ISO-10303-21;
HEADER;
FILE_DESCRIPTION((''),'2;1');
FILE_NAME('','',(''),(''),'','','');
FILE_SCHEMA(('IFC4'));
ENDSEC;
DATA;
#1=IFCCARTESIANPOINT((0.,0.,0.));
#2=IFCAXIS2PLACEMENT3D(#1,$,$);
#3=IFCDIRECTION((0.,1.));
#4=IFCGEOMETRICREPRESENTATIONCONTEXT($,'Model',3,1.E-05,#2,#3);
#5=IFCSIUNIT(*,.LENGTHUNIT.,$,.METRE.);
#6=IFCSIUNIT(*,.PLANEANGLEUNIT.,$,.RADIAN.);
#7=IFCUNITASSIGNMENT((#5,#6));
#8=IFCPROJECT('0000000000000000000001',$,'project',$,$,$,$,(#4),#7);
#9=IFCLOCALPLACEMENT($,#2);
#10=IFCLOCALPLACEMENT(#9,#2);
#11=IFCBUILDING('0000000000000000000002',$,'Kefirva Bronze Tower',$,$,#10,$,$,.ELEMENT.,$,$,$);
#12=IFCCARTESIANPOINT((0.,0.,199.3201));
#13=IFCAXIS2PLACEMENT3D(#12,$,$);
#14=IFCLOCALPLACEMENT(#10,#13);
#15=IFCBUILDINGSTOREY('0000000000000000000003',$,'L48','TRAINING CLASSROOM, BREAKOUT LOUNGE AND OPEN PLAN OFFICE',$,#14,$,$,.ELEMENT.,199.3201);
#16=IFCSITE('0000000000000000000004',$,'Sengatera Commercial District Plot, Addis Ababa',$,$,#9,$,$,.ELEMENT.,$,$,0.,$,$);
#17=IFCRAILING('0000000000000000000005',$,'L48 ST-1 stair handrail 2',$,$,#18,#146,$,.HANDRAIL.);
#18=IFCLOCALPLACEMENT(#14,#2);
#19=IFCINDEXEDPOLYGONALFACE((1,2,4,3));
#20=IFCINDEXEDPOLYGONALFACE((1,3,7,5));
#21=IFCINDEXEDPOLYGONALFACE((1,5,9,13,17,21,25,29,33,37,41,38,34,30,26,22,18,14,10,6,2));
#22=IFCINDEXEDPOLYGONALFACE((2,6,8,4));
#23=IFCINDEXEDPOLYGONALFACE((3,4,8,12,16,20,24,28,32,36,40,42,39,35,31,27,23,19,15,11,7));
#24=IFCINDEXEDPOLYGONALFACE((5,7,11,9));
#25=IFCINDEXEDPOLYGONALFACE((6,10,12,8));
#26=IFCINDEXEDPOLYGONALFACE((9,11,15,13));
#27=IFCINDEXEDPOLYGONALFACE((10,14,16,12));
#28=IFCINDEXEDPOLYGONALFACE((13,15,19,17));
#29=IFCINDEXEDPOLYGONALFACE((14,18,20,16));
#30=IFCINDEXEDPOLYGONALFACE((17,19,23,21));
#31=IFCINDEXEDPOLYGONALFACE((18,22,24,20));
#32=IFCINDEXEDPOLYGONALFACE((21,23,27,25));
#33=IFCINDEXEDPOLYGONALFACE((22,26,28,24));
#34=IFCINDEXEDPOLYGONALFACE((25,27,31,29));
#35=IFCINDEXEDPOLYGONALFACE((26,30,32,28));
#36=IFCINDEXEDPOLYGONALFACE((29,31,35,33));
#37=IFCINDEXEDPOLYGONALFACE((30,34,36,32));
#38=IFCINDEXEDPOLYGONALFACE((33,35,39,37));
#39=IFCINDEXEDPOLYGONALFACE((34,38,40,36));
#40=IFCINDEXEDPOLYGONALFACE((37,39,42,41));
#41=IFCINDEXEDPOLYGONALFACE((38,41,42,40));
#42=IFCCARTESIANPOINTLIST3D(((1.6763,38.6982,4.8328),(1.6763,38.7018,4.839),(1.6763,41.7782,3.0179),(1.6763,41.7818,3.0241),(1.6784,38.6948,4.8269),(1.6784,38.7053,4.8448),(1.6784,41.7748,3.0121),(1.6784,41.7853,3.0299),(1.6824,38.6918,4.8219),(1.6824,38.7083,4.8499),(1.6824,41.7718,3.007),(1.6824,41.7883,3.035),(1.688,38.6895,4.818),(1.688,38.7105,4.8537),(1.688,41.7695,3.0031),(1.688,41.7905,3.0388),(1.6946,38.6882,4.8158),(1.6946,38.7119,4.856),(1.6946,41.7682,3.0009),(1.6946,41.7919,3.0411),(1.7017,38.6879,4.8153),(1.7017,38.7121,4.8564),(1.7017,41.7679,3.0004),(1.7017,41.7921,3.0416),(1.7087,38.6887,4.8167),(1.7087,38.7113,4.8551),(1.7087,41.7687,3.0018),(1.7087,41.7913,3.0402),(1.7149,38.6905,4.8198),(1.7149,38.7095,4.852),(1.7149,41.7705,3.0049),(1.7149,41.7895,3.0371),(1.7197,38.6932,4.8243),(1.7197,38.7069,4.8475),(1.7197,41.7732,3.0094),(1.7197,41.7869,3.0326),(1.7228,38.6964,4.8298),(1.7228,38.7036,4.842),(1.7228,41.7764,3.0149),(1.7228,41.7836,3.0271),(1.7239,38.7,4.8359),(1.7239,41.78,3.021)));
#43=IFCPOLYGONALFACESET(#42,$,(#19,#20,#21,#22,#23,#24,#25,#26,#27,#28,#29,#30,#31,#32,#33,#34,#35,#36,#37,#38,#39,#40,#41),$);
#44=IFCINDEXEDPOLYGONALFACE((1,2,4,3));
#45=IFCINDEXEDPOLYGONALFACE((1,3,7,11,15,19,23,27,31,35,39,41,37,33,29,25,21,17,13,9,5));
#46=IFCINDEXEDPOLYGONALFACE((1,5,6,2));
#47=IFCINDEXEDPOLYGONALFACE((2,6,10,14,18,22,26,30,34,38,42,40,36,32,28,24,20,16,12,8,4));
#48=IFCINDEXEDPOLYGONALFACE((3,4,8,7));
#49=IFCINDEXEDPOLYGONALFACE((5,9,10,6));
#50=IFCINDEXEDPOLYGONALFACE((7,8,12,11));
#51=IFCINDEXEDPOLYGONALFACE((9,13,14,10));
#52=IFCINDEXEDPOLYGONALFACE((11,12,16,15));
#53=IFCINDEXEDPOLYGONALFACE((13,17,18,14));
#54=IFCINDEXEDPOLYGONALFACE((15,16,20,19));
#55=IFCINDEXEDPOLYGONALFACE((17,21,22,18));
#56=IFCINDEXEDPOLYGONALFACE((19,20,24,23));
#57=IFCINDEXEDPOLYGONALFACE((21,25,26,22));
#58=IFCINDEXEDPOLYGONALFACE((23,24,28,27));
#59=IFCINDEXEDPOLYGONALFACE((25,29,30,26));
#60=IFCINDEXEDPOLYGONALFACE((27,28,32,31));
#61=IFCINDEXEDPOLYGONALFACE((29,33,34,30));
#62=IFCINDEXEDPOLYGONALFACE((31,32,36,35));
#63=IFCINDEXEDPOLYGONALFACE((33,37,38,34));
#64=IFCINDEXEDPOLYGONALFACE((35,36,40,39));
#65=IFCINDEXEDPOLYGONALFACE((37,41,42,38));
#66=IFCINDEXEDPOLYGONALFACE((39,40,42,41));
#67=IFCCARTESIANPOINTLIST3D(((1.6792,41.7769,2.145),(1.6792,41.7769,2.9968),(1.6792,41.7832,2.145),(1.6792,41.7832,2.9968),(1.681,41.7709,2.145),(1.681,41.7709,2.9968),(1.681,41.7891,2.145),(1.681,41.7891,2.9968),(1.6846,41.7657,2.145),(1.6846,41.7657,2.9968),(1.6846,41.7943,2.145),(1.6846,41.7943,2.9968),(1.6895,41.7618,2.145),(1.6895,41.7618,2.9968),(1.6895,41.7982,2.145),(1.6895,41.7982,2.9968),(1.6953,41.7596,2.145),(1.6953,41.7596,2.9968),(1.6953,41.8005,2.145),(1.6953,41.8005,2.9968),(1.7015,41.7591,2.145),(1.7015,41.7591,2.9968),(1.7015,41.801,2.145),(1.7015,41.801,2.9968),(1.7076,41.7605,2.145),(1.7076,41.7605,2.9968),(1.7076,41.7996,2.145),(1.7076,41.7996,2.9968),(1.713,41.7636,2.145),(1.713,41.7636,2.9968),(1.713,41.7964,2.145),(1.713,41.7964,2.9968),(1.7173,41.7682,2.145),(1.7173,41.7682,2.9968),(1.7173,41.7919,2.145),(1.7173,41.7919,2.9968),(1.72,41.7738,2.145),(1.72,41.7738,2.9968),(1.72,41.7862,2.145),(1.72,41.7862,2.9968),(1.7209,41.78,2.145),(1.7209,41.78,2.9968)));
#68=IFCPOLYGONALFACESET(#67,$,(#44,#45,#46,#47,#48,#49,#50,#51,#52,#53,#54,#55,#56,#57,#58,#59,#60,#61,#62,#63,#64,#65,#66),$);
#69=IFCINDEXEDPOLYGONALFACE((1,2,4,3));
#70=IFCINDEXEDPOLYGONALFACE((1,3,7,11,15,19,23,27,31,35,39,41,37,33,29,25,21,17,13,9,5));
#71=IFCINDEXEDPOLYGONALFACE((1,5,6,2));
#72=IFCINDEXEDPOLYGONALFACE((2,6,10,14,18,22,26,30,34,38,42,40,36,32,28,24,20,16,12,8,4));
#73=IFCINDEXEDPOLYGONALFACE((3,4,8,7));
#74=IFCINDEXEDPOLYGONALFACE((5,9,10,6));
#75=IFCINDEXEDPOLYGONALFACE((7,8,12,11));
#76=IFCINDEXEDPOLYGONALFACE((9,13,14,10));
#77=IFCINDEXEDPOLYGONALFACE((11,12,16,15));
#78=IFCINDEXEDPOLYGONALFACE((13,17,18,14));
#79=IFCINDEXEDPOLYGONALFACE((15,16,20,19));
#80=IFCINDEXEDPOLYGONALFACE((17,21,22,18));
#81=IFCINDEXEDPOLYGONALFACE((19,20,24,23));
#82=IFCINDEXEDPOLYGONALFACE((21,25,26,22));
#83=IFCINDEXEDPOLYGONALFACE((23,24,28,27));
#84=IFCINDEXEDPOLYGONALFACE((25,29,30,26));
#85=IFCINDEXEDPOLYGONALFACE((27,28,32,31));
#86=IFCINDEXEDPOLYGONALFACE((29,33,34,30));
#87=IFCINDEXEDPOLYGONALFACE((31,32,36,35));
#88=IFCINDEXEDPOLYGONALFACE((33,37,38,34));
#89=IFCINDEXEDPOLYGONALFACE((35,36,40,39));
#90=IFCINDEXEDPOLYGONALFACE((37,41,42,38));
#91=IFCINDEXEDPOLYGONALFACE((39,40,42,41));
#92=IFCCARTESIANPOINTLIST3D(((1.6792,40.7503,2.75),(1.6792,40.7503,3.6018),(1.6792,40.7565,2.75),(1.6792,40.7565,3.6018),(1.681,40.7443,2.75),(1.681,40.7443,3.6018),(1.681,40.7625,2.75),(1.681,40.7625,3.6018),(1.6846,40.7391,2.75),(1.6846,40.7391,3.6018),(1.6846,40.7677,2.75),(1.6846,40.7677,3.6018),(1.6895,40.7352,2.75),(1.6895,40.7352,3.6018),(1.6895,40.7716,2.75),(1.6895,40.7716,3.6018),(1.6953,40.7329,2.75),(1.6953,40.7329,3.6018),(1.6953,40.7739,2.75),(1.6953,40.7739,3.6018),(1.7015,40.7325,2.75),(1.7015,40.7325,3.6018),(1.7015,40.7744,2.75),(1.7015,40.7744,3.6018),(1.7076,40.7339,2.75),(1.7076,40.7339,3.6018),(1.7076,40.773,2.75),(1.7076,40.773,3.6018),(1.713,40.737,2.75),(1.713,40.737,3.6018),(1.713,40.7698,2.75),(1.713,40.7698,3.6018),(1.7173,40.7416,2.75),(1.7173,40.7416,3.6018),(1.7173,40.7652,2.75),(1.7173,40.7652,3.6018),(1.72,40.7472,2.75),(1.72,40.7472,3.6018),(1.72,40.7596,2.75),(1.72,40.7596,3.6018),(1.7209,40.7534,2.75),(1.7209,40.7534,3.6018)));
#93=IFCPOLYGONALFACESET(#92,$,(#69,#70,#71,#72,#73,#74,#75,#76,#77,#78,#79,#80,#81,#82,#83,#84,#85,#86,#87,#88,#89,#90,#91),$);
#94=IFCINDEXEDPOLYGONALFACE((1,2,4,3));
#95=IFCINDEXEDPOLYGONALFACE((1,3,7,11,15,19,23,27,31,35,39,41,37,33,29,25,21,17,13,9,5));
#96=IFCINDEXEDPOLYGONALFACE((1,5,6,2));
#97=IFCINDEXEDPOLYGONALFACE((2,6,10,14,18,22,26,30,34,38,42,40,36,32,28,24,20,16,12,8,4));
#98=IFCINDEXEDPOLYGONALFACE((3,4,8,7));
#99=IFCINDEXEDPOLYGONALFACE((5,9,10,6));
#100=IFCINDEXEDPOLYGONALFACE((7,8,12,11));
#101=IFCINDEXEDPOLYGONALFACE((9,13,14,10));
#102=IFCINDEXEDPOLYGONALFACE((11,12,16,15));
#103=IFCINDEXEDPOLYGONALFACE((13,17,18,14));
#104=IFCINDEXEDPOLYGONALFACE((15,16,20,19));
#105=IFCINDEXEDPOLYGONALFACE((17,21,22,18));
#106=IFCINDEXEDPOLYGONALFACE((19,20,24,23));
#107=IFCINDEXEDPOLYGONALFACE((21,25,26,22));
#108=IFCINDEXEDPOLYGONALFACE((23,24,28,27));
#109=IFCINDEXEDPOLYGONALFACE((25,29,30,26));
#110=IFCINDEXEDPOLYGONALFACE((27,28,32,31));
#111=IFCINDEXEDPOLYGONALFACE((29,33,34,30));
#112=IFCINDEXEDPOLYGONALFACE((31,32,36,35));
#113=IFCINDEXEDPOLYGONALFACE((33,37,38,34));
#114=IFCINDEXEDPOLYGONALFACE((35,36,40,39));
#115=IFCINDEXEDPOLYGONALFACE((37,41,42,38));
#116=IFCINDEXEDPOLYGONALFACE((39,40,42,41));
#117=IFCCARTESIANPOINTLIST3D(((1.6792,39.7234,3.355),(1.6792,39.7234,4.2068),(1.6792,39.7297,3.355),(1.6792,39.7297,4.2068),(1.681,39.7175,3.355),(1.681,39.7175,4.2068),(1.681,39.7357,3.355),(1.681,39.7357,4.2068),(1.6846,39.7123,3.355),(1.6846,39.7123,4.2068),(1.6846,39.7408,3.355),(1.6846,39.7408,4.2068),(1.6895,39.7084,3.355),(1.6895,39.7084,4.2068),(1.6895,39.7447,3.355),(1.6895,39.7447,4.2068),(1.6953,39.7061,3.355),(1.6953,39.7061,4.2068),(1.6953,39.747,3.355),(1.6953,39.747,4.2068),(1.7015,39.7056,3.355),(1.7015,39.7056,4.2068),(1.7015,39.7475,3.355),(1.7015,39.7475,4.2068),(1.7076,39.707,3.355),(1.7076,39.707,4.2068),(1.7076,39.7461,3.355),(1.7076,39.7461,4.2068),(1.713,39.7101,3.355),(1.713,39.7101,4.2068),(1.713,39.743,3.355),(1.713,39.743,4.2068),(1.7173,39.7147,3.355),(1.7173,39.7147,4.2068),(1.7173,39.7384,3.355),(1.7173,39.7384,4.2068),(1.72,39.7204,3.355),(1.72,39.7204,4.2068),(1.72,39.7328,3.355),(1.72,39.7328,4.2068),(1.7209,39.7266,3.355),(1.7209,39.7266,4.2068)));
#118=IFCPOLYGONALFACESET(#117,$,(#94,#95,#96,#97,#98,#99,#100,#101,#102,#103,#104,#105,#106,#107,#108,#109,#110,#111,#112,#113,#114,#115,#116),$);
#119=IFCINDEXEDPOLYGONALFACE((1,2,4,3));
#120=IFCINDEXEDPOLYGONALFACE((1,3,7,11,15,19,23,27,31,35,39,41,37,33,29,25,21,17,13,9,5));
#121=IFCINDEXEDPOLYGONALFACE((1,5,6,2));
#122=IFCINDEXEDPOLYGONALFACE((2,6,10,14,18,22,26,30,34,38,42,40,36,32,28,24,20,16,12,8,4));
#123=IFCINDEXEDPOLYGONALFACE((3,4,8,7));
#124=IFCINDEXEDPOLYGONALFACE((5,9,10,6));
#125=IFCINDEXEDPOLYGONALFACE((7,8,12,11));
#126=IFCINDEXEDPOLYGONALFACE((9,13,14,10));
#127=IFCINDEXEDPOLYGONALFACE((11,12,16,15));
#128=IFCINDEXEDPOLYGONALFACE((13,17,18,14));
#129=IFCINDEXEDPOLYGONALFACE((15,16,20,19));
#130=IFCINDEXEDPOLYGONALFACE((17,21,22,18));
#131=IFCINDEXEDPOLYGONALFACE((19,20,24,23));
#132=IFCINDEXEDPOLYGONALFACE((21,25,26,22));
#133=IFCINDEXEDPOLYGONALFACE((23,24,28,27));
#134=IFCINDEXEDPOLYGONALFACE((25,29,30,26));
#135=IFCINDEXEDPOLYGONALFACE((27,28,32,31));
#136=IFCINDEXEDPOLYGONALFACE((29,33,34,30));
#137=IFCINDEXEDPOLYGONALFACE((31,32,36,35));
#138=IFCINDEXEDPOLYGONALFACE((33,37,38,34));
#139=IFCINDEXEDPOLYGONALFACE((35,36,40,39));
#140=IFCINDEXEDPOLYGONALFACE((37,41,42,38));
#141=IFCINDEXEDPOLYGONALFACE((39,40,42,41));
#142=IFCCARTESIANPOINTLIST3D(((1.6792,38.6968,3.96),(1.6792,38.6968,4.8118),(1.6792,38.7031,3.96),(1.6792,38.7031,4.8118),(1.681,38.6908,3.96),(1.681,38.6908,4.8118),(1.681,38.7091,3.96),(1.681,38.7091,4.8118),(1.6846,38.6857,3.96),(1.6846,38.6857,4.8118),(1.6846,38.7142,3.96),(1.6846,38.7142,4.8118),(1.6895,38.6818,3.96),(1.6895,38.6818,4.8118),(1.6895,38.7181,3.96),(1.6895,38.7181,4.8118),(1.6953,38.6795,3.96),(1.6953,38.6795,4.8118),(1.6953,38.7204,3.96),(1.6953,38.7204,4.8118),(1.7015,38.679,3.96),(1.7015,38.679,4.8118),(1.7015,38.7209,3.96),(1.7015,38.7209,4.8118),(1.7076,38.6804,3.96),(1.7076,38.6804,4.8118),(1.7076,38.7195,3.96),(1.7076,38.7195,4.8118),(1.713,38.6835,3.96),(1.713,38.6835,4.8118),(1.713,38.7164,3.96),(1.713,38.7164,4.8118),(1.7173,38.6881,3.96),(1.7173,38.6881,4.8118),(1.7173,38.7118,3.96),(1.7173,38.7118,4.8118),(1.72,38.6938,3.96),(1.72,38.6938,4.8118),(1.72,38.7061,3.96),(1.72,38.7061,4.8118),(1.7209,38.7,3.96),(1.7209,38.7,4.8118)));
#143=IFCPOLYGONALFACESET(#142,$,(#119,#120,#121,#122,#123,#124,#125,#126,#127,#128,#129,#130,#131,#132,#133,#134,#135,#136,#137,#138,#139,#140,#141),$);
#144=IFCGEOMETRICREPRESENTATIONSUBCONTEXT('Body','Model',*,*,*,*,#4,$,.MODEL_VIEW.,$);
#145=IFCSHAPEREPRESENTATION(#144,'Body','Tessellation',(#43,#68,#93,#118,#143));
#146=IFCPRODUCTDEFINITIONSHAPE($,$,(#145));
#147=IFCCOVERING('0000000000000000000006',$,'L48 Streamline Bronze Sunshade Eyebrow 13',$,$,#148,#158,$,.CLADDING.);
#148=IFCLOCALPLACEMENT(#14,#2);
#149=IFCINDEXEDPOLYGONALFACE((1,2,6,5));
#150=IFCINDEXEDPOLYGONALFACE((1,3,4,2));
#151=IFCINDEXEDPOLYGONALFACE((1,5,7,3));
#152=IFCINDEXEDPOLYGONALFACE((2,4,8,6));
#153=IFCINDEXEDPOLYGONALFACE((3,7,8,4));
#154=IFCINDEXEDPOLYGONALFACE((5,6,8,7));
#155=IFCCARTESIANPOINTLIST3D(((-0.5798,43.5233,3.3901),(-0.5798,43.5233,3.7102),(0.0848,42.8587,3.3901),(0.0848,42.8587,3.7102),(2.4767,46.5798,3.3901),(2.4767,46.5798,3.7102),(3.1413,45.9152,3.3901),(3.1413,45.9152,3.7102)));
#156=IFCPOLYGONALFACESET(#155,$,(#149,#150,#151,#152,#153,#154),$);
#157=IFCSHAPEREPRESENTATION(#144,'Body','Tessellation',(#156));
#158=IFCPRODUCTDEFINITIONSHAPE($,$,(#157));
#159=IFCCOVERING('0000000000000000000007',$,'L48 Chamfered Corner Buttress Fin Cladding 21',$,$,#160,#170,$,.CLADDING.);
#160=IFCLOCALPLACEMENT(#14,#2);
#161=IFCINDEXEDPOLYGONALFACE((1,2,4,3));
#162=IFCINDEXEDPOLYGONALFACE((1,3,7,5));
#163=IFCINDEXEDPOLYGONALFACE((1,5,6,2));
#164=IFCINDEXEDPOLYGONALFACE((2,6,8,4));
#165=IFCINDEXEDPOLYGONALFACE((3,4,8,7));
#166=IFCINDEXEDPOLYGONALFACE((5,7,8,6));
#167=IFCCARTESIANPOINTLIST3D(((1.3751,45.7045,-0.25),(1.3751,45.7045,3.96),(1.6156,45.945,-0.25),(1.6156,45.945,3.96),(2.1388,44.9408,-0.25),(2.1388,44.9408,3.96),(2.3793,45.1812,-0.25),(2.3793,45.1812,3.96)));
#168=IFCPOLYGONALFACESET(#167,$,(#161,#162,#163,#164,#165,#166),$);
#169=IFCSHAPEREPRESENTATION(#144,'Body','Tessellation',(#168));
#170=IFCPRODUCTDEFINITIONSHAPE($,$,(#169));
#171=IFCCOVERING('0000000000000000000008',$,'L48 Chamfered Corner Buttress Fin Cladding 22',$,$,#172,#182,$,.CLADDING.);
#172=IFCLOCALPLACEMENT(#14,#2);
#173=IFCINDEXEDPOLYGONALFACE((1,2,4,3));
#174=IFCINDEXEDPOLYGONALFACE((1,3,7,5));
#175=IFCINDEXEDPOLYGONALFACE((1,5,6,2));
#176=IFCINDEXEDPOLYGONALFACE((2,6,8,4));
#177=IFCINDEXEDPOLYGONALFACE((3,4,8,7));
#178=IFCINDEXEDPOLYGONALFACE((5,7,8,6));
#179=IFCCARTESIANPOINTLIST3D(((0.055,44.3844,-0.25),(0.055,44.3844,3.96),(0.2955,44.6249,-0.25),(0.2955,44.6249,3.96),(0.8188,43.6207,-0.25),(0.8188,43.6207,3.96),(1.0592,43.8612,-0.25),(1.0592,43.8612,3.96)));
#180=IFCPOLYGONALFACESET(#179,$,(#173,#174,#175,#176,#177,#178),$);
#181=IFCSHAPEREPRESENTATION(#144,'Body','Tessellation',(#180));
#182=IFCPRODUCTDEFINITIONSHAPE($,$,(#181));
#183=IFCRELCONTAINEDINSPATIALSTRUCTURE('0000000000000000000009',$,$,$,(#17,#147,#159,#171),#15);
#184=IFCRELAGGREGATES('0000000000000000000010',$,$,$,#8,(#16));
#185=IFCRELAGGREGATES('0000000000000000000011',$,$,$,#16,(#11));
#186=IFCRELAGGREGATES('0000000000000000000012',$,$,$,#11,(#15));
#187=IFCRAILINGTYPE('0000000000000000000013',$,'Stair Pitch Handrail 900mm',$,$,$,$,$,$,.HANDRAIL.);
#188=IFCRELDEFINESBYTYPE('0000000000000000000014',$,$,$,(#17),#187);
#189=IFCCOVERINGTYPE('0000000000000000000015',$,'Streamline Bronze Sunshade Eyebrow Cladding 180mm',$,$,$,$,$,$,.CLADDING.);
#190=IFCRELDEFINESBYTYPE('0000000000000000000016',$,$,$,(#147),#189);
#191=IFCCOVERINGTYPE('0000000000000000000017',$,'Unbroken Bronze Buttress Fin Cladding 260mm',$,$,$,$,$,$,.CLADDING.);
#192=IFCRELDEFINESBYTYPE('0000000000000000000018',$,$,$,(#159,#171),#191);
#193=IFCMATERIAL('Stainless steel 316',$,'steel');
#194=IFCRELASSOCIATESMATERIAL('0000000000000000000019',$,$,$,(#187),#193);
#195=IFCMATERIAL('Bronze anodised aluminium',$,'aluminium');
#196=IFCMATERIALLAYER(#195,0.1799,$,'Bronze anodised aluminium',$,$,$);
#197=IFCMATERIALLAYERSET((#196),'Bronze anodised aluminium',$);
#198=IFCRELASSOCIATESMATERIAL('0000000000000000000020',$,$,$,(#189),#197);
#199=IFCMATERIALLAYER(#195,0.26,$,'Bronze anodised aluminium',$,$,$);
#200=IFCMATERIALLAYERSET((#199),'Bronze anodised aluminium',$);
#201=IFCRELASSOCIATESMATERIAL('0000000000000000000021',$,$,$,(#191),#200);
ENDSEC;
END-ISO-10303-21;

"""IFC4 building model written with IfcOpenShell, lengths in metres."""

from ifc_helpers import new_model, si_unit, direction, frame, origin, origin_2d, place, context, subcontext, project, spatial, rectangle, circle, extrude, material, layer, layer_set, type_object, element, save


model = new_model("IFC4")

# Units and contexts
model_context = context("Model", 3, precision=1e-05, world=origin(), true_north=direction((0.0, 1.0)))
body_context = subcontext(model_context, "Body", "Model", "MODEL_VIEW")
ifc_project = project(units=[si_unit("LENGTHUNIT", "METRE"), si_unit("PLANEANGLEUNIT", "RADIAN")], contexts=[model_context])

# Site, building, storey
site_placement = place(None, origin())
site = spatial("IfcSite", under=ifc_project, at=site_placement, Name="Sengatera Commercial District Plot, Addis Ababa", CompositionType="ELEMENT", RefElevation=0.0)
building_placement = place(site_placement, origin())
building = spatial("IfcBuilding", under=site, at=building_placement, Name="Kefirva Bronze Tower", CompositionType="ELEMENT")
storey_placement = place(building_placement, frame((0.0, 0.0, 199.3201)))
storey = spatial("IfcBuildingStorey", under=building, at=storey_placement, Name="L48", Description="TRAINING CLASSROOM, BREAKOUT LOUNGE AND OPEN PLAN OFFICE", CompositionType="ELEMENT", Elevation=199.3201)

# Shared definitions
ifc_material_1 = material(Name="Bronze anodised aluminium", Category="aluminium")

# Railing
ifc_material_2 = material(Name="Stainless steel 316", Category="steel")
railing_type_1 = type_object("IfcRailingType", Name="Stair Pitch Handrail 900mm", PredefinedType="HANDRAIL", material=ifc_material_2)
railing_1_placement = place(storey_placement, frame((1.7, 41.78, 2.145)))
element("IfcRailing", 1, at=railing_1_placement, inside=storey, type_object=railing_type_1, Name="L48 ST-1 stair handrail 2", PredefinedType="HANDRAIL", context=body_context, shape_type="SweptSolid", body=[
    extrude(circle(Radius=0.0239, at=origin_2d()), frame((0.0, 0.0, 0.876), z_axis=(0.0, -0.861551, 0.507671), x_axis=(1.0, 0.0, 0.0)), (0.0, 0.0, 1.0), 3.575),
    extrude(circle(Radius=0.021, at=origin_2d()), origin(), (0.0, 0.0, 1.0), 0.8518),
    extrude(circle(Radius=0.021, at=origin_2d()), frame((0.0, -1.0266, 0.605)), (0.0, 0.0, 1.0), 0.8518),
    extrude(circle(Radius=0.021, at=origin_2d()), frame((0.0, -2.0535, 1.21)), (0.0, 0.0, 1.0), 0.8518),
    extrude(circle(Radius=0.021, at=origin_2d()), frame((0.0, -3.0801, 1.8149)), (0.0, 0.0, 1.0), 0.8518),
])

# Coverings
ifc_layer_1 = layer(ifc_material_1, 0.1799, Name="Bronze anodised aluminium")
ifc_layer_set_1 = layer_set([ifc_layer_1], Name="Bronze anodised aluminium")
covering_type_1 = type_object("IfcCoveringType", Name="Streamline Bronze Sunshade Eyebrow Cladding 180mm", PredefinedType="CLADDING", material=ifc_layer_set_1)
covering_1_placement = place(storey_placement, frame((1.2808, 44.7192, 3.3901), z_axis=(0.0, 0.0, 1.0), x_axis=(-0.707107, -0.707107, 0.0)))
element("IfcCovering", 2, at=covering_1_placement, inside=storey, type_object=covering_type_1, Name="L48 Streamline Bronze Sunshade Eyebrow 13", PredefinedType="CLADDING", context=body_context, shape_type="SweptSolid", body=[
    extrude(rectangle(XDim=4.3225, YDim=0.9399, at=origin_2d()), origin(), (0.0, 0.0, 1.0), 0.3201),
])
ifc_layer_2 = layer(ifc_material_1, 0.26, Name="Bronze anodised aluminium")
ifc_layer_set_2 = layer_set([ifc_layer_2], Name="Bronze anodised aluminium")
covering_type_2 = type_object("IfcCoveringType", Name="Unbroken Bronze Buttress Fin Cladding 260mm", PredefinedType="CLADDING", material=ifc_layer_set_2)
for number, where, z_axis, x_axis, name in (
    (3, (1.8772, 45.4429, -0.25), (0.0, 0.0, 1.0), (-0.707107, -0.707107, 0.0), "L48 Chamfered Corner Buttress Fin Cladding 21"),
    (4, (0.5571, 44.1228, -0.25), (0.0, 0.0, 1.0), (-0.707107, -0.707107, 0.0), "L48 Chamfered Corner Buttress Fin Cladding 22"),
):
    element("IfcCovering", number, at=place(storey_placement, frame(where, z_axis=z_axis, x_axis=x_axis)), inside=storey, type_object=covering_type_2, Name=name, PredefinedType="CLADDING", context=body_context, shape_type="SweptSolid", body=[
        extrude(rectangle(XDim=0.3401, YDim=1.0801, at=origin_2d()), origin(), (0.0, 0.0, 1.0), 4.21),
    ])

save(model, "model.ifc")
